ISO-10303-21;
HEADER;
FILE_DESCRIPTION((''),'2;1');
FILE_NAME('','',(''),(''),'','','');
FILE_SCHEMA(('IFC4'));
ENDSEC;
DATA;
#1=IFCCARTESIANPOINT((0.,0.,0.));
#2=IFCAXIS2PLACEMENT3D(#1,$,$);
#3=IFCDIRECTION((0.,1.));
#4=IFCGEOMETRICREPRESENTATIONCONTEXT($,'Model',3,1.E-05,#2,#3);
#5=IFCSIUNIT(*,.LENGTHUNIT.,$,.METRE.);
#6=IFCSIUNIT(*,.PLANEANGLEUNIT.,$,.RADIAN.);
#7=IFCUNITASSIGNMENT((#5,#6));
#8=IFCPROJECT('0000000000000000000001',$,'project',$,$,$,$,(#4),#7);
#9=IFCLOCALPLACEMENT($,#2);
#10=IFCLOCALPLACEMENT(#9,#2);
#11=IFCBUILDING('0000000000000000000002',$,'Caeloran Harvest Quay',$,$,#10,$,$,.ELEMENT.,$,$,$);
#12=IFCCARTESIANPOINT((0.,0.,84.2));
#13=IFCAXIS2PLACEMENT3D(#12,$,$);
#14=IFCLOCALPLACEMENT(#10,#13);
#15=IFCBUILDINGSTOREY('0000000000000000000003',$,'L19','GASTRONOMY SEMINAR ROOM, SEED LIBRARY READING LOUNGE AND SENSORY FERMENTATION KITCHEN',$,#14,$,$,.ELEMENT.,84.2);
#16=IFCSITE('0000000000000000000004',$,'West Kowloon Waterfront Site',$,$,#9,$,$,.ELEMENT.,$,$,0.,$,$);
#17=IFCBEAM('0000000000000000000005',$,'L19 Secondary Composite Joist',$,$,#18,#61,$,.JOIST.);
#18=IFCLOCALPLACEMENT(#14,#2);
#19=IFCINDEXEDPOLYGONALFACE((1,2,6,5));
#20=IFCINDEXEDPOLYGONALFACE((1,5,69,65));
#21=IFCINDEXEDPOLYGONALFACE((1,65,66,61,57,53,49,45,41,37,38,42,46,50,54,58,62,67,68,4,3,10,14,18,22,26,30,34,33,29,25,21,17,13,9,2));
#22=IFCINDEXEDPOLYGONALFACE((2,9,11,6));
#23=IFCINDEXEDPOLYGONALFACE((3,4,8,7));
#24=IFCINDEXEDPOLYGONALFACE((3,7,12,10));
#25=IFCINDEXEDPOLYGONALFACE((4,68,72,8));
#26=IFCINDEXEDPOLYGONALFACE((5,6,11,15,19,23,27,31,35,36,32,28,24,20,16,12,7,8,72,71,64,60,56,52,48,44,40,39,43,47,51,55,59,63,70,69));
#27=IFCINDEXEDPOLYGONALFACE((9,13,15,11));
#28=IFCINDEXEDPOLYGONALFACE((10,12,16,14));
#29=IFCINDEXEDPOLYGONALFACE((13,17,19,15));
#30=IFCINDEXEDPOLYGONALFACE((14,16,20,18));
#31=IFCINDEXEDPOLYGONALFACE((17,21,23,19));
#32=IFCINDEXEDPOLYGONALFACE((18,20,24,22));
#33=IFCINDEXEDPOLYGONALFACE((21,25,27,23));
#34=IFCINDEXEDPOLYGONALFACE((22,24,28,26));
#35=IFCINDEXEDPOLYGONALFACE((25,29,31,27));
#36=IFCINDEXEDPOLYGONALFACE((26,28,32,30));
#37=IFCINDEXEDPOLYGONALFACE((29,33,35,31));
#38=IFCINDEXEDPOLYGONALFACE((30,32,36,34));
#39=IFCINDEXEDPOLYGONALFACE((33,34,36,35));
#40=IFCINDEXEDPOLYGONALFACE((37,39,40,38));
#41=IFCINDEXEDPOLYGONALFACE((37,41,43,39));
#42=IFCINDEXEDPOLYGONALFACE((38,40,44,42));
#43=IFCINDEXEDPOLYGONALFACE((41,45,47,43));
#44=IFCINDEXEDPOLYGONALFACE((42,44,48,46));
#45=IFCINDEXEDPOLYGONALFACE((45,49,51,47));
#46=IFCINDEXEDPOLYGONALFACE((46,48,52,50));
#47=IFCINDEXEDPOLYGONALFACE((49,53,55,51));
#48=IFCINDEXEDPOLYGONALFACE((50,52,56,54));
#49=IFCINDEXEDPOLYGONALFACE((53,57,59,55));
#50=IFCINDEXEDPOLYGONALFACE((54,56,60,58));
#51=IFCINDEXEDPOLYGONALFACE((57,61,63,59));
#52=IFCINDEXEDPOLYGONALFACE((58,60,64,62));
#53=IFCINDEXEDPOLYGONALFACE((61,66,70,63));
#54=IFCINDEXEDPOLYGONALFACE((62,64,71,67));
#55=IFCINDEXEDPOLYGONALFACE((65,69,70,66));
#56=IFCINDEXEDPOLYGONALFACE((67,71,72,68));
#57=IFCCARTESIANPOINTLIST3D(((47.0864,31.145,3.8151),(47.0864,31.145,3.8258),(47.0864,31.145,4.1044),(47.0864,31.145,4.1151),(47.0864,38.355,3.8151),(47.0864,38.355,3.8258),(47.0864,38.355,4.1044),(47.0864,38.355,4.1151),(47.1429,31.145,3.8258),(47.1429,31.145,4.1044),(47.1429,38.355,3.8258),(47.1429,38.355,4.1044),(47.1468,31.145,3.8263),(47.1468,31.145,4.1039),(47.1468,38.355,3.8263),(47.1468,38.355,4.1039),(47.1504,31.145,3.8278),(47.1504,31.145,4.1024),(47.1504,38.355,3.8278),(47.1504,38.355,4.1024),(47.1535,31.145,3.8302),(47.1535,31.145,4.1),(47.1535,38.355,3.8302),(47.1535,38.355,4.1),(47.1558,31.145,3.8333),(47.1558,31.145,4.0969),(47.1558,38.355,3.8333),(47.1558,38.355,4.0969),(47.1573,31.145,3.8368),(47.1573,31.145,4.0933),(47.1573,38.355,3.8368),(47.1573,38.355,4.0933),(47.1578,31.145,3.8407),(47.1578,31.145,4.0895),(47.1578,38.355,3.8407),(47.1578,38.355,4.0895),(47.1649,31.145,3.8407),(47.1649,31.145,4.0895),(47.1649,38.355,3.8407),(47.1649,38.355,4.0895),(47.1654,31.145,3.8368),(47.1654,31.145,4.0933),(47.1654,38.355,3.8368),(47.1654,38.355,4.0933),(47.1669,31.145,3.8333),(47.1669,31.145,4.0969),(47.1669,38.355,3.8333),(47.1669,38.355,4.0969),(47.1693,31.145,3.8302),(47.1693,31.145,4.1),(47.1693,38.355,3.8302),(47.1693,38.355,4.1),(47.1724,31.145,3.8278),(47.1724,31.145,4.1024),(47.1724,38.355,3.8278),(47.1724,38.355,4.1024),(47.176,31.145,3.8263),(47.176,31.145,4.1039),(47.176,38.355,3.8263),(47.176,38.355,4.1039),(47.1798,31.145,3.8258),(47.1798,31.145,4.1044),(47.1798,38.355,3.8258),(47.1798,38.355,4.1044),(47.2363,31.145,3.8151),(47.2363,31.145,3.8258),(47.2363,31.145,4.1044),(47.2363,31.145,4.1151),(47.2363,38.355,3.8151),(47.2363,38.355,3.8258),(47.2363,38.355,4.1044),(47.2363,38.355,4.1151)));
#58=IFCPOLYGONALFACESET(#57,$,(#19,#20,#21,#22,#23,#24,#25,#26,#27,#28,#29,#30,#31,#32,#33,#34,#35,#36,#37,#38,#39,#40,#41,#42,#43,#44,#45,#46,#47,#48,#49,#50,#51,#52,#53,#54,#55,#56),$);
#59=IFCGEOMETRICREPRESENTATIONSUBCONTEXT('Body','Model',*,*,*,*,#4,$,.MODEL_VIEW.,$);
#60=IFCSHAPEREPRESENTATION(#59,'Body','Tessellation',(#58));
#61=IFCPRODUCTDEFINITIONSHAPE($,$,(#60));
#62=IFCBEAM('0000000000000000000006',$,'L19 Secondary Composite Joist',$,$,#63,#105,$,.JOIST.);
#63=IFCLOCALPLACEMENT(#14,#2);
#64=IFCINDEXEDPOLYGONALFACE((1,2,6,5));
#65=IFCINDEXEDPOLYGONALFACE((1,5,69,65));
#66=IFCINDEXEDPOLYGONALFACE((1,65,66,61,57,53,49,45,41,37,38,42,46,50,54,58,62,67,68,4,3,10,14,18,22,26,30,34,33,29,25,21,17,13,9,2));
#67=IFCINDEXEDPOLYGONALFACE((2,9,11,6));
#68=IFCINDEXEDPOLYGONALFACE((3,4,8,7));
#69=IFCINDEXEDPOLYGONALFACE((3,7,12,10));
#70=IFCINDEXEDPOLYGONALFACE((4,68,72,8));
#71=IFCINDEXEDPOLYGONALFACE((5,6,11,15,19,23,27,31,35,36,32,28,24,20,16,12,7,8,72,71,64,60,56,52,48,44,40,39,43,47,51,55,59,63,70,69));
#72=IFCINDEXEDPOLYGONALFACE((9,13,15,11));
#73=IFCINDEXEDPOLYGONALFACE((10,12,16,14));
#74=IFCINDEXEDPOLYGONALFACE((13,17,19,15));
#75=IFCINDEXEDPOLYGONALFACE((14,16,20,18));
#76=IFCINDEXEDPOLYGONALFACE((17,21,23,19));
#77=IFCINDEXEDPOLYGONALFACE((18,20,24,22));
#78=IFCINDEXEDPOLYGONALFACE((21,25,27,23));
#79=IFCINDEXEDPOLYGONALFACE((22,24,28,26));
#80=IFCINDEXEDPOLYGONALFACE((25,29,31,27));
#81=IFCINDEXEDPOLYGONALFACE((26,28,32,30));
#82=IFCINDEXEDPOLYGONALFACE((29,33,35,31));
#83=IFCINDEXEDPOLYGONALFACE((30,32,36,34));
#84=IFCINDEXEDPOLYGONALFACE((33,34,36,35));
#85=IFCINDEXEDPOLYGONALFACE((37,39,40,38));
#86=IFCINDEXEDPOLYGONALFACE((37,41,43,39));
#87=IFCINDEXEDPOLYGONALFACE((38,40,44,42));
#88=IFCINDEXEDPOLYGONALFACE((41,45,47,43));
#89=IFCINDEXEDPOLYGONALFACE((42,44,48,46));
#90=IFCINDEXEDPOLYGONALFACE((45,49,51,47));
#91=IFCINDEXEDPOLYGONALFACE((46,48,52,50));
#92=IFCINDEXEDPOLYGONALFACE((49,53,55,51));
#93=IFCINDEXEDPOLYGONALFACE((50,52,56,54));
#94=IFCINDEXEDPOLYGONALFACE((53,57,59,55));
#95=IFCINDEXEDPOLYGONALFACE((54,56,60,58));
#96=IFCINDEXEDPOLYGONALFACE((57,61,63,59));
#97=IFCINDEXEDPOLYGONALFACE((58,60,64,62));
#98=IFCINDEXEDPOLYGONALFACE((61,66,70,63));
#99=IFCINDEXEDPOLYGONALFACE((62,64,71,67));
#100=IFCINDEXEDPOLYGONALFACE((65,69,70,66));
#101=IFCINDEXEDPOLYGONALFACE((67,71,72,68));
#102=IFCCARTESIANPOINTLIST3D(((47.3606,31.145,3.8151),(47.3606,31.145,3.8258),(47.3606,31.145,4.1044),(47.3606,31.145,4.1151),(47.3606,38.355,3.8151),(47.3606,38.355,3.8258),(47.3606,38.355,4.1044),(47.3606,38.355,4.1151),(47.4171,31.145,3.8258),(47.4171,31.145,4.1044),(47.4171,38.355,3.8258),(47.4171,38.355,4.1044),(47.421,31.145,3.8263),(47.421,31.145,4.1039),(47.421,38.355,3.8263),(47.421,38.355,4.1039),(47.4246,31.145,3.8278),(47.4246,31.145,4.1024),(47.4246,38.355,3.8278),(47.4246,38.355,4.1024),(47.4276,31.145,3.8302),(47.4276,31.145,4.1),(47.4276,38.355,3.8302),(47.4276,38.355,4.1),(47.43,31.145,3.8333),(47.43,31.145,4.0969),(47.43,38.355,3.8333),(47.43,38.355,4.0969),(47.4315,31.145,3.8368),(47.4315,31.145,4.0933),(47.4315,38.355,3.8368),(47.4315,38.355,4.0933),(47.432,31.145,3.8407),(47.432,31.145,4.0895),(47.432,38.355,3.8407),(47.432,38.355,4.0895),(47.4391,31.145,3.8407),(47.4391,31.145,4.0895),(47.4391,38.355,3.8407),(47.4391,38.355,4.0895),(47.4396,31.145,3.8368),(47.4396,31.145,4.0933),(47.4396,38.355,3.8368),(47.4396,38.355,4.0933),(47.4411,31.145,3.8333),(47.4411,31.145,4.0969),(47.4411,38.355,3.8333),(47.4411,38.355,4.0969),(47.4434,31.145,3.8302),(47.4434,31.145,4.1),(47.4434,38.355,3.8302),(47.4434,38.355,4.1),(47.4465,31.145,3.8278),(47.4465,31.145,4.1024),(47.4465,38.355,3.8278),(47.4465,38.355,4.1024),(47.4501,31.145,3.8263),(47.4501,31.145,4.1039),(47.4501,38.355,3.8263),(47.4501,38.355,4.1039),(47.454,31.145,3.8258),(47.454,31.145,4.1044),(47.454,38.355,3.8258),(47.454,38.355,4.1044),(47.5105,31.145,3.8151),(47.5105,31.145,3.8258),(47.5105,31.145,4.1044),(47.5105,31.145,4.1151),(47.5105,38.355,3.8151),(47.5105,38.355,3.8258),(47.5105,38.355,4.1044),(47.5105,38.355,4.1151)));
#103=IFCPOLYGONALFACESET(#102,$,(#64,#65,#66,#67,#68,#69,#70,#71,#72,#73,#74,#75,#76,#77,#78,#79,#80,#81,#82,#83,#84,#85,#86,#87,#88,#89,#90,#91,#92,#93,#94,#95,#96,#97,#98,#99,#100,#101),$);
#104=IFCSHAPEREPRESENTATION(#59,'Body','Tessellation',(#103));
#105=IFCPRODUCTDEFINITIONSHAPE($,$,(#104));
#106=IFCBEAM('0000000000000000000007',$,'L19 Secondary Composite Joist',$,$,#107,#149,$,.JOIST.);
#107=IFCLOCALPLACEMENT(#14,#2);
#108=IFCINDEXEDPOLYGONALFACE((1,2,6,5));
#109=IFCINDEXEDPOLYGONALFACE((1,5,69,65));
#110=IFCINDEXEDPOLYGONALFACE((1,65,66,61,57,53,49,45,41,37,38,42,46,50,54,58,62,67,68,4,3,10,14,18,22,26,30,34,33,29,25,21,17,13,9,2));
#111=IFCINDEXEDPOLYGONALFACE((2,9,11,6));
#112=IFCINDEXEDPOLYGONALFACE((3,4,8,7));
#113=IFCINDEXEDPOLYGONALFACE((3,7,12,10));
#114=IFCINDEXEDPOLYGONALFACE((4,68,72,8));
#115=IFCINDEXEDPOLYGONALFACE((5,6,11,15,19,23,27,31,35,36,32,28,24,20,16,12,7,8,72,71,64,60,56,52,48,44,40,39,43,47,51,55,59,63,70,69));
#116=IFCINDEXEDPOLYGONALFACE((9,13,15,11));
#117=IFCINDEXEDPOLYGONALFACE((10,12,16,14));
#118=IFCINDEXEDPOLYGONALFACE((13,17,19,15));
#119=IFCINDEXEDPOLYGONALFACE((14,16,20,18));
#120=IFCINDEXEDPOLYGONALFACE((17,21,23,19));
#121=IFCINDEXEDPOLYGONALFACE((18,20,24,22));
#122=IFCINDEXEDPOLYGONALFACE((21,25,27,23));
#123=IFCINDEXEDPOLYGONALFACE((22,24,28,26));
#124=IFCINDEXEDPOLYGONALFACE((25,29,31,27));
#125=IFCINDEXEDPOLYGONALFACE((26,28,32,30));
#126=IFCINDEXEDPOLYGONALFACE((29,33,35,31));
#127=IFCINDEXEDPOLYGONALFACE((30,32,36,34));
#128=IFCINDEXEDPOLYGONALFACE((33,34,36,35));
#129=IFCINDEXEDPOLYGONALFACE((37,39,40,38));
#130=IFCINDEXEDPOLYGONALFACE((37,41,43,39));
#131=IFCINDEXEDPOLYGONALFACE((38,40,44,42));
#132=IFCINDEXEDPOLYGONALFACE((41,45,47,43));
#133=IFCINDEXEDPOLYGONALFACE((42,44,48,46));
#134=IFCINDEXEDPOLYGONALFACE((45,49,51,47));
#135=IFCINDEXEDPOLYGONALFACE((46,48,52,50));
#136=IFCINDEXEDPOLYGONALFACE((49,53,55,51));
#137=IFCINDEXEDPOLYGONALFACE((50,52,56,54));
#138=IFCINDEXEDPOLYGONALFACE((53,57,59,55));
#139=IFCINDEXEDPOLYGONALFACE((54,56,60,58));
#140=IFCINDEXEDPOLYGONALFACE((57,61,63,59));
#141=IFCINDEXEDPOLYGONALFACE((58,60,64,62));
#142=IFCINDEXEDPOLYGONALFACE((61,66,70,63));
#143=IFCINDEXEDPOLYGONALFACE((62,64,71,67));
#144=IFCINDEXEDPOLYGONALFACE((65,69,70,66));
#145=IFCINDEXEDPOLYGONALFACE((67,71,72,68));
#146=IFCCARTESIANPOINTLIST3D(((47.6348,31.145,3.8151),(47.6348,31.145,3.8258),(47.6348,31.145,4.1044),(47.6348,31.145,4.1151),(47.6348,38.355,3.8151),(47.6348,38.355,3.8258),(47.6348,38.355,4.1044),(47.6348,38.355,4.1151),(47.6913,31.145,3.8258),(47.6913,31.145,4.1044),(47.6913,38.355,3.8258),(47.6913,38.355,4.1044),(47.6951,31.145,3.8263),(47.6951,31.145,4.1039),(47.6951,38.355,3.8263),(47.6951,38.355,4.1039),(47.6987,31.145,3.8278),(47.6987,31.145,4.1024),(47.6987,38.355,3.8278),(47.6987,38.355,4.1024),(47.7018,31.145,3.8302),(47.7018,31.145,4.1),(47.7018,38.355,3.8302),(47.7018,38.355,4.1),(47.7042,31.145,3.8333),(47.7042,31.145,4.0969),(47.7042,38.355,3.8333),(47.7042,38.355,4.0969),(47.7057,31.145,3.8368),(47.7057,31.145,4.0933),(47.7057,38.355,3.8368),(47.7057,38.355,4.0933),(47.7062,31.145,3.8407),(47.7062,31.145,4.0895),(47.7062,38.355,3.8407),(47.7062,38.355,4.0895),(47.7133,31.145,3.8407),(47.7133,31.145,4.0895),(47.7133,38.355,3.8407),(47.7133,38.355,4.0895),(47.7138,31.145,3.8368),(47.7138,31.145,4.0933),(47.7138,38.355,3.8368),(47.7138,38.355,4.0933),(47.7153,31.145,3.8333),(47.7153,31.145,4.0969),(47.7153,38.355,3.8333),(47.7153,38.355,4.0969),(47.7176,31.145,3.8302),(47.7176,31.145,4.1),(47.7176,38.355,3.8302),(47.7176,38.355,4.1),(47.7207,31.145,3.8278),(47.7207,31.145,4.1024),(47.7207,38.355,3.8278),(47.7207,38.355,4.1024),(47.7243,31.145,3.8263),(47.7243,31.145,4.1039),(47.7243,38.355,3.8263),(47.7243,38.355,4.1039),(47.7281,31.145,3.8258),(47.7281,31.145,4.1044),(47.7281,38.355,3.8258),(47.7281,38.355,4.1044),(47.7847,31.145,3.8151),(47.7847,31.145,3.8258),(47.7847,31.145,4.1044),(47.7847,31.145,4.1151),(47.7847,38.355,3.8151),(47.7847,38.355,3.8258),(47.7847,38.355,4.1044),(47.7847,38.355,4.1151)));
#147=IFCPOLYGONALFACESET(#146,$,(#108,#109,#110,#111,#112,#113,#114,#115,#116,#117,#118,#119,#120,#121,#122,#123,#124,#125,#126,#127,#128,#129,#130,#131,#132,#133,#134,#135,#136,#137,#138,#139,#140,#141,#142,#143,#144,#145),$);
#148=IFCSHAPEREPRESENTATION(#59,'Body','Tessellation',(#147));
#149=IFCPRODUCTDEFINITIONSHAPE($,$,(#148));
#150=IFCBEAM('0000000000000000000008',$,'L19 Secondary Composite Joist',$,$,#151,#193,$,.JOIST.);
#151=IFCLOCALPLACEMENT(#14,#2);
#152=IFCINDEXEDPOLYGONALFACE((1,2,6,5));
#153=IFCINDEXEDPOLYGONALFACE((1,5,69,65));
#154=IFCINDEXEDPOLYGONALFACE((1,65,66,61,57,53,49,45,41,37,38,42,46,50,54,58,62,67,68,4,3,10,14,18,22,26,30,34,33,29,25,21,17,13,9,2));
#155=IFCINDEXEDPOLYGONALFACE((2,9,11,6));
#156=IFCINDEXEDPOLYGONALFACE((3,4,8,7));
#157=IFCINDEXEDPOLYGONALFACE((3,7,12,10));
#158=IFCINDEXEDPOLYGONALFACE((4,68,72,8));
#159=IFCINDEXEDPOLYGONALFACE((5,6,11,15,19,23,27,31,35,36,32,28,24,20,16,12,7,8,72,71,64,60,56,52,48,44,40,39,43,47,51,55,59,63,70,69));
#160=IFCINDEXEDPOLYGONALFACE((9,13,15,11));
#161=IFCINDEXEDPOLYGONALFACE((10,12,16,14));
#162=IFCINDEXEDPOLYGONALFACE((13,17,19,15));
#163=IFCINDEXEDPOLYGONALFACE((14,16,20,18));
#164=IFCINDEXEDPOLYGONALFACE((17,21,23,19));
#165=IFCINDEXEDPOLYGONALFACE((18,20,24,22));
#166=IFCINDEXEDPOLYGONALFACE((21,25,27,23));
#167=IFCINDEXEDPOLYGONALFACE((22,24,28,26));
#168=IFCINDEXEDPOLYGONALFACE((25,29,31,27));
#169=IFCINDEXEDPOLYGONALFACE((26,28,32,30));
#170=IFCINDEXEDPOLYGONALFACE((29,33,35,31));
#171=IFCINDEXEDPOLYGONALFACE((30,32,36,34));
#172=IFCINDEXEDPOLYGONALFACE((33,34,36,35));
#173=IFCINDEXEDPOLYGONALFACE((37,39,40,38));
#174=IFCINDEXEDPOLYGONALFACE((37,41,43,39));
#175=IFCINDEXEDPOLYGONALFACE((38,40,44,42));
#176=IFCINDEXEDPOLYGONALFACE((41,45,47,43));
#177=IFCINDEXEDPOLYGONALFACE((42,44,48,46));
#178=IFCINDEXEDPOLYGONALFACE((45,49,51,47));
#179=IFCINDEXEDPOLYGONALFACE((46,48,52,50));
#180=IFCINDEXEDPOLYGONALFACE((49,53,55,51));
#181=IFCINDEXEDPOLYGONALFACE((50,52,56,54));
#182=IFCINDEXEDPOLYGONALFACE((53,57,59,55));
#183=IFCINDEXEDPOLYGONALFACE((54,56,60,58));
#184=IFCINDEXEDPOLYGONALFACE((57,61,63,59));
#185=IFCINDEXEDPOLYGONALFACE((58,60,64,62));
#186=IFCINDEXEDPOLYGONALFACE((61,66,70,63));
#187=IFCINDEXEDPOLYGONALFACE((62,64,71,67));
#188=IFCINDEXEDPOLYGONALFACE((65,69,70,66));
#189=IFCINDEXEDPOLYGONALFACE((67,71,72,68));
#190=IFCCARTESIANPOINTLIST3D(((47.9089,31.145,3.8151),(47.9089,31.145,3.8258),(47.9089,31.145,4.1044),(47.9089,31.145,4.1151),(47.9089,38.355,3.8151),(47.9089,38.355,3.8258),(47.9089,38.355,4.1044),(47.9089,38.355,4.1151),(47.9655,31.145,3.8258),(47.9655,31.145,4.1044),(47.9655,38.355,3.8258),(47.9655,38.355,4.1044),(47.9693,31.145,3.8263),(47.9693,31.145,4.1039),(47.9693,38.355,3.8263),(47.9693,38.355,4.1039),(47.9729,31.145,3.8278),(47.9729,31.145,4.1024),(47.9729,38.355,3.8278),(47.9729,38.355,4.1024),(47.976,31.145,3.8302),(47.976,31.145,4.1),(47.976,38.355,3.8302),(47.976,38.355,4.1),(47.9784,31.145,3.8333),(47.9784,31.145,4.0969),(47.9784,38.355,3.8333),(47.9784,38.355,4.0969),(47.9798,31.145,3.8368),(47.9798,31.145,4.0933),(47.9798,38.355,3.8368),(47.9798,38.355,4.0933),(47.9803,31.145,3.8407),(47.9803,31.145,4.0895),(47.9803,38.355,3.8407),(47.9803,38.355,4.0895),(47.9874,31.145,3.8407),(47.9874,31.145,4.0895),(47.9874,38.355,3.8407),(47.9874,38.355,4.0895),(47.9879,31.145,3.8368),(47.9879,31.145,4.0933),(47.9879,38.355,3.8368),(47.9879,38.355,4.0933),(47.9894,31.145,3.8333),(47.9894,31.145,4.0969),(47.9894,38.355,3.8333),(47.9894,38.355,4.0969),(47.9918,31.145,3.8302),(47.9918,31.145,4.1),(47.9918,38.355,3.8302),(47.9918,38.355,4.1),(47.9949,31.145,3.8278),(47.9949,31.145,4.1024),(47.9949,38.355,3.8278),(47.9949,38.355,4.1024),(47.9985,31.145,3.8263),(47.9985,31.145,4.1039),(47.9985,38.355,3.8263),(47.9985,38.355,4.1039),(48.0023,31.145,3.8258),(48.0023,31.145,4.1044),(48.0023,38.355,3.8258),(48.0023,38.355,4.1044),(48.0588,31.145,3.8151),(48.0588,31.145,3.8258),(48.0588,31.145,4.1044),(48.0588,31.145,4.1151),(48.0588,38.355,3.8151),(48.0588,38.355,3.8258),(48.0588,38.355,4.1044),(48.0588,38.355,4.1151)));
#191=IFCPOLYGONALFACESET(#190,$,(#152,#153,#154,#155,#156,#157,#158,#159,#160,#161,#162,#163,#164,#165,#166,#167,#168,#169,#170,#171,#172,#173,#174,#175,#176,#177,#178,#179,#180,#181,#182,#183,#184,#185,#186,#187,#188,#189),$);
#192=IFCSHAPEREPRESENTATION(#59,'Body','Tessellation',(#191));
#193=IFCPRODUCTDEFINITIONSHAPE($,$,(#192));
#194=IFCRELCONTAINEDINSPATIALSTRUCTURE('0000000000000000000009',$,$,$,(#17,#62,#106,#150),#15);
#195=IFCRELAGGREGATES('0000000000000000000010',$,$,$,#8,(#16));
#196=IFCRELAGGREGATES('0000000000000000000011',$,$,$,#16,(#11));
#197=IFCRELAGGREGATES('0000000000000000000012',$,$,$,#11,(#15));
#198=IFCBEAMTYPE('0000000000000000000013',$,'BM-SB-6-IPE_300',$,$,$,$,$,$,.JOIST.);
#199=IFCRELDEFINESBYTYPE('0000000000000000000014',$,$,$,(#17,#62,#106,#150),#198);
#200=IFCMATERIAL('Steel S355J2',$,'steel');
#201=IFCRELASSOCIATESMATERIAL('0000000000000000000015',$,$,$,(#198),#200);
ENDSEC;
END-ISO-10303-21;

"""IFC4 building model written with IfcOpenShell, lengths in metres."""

from ifc_helpers import new_model, si_unit, direction, frame, origin, origin_2d, place, context, subcontext, project, spatial, i_section, extrude, material, material_profile, profile_set, type_object, element, save


model = new_model("IFC4")

# Units and contexts
model_context = context("Model", 3, precision=1e-05, world=origin(), true_north=direction((0.0, 1.0)))
body_context = subcontext(model_context, "Body", "Model", "MODEL_VIEW")
ifc_project = project(units=[si_unit("LENGTHUNIT", "METRE"), si_unit("PLANEANGLEUNIT", "RADIAN")], contexts=[model_context])

# Site, building, storey
site_placement = place(None, origin())
site = spatial("IfcSite", under=ifc_project, at=site_placement, Name="West Kowloon Waterfront Site", CompositionType="ELEMENT", RefElevation=0.0)
building_placement = place(site_placement, origin())
building = spatial("IfcBuilding", under=site, at=building_placement, Name="Caeloran Harvest Quay", CompositionType="ELEMENT")
storey_placement = place(building_placement, frame((0.0, 0.0, 84.2)))
storey = spatial("IfcBuildingStorey", under=building, at=storey_placement, Name="L19", Description="GASTRONOMY SEMINAR ROOM, SEED LIBRARY READING LOUNGE AND SENSORY FERMENTATION KITCHEN", CompositionType="ELEMENT", Elevation=84.2)

# Beams
ifc_material_1 = material(Name="Steel S355J2", Category="steel")
ifc_material_profile_1 = material_profile(ifc_material_1, i_section(OverallWidth=0.1499, OverallDepth=0.3, WebThickness=0.0071, FlangeThickness=0.0107, FilletRadius=0.0149, at=origin_2d()), Name="IPE 300")
ifc_profile_set_1 = profile_set([ifc_material_profile_1], Name="Steel S355J2")
beam_type_1 = type_object("IfcBeamType", Name="BM-SB-6-IPE_300", PredefinedType="JOIST", material=ifc_profile_set_1)
for number, where, z_axis, x_axis, name in (
    (1, (47.1614, 31.145, 3.9651), (0.0, 1.0, 0.0), (-1.0, 0.0, 0.0), "L19 Secondary Composite Joist"),
    (2, (47.4355, 31.145, 3.9651), (0.0, 1.0, 0.0), (-1.0, 0.0, 0.0), "L19 Secondary Composite Joist"),
    (3, (47.7097, 31.145, 3.9651), (0.0, 1.0, 0.0), (-1.0, 0.0, 0.0), "L19 Secondary Composite Joist"),
    (4, (47.9839, 31.145, 3.9651), (0.0, 1.0, 0.0), (-1.0, 0.0, 0.0), "L19 Secondary Composite Joist"),
):
    element("IfcBeam", number, at=place(storey_placement, frame(where, z_axis=z_axis, x_axis=x_axis)), inside=storey, type_object=beam_type_1, Name=name, PredefinedType="JOIST", context=body_context, shape_type="SweptSolid", body=[
        extrude(i_section(OverallWidth=0.1499, OverallDepth=0.3, WebThickness=0.0071, FlangeThickness=0.0107, FilletRadius=0.0149, at=origin_2d()), origin(), (0.0, 0.0, 1.0), 7.21),
    ])

save(model, "model.ifc")
